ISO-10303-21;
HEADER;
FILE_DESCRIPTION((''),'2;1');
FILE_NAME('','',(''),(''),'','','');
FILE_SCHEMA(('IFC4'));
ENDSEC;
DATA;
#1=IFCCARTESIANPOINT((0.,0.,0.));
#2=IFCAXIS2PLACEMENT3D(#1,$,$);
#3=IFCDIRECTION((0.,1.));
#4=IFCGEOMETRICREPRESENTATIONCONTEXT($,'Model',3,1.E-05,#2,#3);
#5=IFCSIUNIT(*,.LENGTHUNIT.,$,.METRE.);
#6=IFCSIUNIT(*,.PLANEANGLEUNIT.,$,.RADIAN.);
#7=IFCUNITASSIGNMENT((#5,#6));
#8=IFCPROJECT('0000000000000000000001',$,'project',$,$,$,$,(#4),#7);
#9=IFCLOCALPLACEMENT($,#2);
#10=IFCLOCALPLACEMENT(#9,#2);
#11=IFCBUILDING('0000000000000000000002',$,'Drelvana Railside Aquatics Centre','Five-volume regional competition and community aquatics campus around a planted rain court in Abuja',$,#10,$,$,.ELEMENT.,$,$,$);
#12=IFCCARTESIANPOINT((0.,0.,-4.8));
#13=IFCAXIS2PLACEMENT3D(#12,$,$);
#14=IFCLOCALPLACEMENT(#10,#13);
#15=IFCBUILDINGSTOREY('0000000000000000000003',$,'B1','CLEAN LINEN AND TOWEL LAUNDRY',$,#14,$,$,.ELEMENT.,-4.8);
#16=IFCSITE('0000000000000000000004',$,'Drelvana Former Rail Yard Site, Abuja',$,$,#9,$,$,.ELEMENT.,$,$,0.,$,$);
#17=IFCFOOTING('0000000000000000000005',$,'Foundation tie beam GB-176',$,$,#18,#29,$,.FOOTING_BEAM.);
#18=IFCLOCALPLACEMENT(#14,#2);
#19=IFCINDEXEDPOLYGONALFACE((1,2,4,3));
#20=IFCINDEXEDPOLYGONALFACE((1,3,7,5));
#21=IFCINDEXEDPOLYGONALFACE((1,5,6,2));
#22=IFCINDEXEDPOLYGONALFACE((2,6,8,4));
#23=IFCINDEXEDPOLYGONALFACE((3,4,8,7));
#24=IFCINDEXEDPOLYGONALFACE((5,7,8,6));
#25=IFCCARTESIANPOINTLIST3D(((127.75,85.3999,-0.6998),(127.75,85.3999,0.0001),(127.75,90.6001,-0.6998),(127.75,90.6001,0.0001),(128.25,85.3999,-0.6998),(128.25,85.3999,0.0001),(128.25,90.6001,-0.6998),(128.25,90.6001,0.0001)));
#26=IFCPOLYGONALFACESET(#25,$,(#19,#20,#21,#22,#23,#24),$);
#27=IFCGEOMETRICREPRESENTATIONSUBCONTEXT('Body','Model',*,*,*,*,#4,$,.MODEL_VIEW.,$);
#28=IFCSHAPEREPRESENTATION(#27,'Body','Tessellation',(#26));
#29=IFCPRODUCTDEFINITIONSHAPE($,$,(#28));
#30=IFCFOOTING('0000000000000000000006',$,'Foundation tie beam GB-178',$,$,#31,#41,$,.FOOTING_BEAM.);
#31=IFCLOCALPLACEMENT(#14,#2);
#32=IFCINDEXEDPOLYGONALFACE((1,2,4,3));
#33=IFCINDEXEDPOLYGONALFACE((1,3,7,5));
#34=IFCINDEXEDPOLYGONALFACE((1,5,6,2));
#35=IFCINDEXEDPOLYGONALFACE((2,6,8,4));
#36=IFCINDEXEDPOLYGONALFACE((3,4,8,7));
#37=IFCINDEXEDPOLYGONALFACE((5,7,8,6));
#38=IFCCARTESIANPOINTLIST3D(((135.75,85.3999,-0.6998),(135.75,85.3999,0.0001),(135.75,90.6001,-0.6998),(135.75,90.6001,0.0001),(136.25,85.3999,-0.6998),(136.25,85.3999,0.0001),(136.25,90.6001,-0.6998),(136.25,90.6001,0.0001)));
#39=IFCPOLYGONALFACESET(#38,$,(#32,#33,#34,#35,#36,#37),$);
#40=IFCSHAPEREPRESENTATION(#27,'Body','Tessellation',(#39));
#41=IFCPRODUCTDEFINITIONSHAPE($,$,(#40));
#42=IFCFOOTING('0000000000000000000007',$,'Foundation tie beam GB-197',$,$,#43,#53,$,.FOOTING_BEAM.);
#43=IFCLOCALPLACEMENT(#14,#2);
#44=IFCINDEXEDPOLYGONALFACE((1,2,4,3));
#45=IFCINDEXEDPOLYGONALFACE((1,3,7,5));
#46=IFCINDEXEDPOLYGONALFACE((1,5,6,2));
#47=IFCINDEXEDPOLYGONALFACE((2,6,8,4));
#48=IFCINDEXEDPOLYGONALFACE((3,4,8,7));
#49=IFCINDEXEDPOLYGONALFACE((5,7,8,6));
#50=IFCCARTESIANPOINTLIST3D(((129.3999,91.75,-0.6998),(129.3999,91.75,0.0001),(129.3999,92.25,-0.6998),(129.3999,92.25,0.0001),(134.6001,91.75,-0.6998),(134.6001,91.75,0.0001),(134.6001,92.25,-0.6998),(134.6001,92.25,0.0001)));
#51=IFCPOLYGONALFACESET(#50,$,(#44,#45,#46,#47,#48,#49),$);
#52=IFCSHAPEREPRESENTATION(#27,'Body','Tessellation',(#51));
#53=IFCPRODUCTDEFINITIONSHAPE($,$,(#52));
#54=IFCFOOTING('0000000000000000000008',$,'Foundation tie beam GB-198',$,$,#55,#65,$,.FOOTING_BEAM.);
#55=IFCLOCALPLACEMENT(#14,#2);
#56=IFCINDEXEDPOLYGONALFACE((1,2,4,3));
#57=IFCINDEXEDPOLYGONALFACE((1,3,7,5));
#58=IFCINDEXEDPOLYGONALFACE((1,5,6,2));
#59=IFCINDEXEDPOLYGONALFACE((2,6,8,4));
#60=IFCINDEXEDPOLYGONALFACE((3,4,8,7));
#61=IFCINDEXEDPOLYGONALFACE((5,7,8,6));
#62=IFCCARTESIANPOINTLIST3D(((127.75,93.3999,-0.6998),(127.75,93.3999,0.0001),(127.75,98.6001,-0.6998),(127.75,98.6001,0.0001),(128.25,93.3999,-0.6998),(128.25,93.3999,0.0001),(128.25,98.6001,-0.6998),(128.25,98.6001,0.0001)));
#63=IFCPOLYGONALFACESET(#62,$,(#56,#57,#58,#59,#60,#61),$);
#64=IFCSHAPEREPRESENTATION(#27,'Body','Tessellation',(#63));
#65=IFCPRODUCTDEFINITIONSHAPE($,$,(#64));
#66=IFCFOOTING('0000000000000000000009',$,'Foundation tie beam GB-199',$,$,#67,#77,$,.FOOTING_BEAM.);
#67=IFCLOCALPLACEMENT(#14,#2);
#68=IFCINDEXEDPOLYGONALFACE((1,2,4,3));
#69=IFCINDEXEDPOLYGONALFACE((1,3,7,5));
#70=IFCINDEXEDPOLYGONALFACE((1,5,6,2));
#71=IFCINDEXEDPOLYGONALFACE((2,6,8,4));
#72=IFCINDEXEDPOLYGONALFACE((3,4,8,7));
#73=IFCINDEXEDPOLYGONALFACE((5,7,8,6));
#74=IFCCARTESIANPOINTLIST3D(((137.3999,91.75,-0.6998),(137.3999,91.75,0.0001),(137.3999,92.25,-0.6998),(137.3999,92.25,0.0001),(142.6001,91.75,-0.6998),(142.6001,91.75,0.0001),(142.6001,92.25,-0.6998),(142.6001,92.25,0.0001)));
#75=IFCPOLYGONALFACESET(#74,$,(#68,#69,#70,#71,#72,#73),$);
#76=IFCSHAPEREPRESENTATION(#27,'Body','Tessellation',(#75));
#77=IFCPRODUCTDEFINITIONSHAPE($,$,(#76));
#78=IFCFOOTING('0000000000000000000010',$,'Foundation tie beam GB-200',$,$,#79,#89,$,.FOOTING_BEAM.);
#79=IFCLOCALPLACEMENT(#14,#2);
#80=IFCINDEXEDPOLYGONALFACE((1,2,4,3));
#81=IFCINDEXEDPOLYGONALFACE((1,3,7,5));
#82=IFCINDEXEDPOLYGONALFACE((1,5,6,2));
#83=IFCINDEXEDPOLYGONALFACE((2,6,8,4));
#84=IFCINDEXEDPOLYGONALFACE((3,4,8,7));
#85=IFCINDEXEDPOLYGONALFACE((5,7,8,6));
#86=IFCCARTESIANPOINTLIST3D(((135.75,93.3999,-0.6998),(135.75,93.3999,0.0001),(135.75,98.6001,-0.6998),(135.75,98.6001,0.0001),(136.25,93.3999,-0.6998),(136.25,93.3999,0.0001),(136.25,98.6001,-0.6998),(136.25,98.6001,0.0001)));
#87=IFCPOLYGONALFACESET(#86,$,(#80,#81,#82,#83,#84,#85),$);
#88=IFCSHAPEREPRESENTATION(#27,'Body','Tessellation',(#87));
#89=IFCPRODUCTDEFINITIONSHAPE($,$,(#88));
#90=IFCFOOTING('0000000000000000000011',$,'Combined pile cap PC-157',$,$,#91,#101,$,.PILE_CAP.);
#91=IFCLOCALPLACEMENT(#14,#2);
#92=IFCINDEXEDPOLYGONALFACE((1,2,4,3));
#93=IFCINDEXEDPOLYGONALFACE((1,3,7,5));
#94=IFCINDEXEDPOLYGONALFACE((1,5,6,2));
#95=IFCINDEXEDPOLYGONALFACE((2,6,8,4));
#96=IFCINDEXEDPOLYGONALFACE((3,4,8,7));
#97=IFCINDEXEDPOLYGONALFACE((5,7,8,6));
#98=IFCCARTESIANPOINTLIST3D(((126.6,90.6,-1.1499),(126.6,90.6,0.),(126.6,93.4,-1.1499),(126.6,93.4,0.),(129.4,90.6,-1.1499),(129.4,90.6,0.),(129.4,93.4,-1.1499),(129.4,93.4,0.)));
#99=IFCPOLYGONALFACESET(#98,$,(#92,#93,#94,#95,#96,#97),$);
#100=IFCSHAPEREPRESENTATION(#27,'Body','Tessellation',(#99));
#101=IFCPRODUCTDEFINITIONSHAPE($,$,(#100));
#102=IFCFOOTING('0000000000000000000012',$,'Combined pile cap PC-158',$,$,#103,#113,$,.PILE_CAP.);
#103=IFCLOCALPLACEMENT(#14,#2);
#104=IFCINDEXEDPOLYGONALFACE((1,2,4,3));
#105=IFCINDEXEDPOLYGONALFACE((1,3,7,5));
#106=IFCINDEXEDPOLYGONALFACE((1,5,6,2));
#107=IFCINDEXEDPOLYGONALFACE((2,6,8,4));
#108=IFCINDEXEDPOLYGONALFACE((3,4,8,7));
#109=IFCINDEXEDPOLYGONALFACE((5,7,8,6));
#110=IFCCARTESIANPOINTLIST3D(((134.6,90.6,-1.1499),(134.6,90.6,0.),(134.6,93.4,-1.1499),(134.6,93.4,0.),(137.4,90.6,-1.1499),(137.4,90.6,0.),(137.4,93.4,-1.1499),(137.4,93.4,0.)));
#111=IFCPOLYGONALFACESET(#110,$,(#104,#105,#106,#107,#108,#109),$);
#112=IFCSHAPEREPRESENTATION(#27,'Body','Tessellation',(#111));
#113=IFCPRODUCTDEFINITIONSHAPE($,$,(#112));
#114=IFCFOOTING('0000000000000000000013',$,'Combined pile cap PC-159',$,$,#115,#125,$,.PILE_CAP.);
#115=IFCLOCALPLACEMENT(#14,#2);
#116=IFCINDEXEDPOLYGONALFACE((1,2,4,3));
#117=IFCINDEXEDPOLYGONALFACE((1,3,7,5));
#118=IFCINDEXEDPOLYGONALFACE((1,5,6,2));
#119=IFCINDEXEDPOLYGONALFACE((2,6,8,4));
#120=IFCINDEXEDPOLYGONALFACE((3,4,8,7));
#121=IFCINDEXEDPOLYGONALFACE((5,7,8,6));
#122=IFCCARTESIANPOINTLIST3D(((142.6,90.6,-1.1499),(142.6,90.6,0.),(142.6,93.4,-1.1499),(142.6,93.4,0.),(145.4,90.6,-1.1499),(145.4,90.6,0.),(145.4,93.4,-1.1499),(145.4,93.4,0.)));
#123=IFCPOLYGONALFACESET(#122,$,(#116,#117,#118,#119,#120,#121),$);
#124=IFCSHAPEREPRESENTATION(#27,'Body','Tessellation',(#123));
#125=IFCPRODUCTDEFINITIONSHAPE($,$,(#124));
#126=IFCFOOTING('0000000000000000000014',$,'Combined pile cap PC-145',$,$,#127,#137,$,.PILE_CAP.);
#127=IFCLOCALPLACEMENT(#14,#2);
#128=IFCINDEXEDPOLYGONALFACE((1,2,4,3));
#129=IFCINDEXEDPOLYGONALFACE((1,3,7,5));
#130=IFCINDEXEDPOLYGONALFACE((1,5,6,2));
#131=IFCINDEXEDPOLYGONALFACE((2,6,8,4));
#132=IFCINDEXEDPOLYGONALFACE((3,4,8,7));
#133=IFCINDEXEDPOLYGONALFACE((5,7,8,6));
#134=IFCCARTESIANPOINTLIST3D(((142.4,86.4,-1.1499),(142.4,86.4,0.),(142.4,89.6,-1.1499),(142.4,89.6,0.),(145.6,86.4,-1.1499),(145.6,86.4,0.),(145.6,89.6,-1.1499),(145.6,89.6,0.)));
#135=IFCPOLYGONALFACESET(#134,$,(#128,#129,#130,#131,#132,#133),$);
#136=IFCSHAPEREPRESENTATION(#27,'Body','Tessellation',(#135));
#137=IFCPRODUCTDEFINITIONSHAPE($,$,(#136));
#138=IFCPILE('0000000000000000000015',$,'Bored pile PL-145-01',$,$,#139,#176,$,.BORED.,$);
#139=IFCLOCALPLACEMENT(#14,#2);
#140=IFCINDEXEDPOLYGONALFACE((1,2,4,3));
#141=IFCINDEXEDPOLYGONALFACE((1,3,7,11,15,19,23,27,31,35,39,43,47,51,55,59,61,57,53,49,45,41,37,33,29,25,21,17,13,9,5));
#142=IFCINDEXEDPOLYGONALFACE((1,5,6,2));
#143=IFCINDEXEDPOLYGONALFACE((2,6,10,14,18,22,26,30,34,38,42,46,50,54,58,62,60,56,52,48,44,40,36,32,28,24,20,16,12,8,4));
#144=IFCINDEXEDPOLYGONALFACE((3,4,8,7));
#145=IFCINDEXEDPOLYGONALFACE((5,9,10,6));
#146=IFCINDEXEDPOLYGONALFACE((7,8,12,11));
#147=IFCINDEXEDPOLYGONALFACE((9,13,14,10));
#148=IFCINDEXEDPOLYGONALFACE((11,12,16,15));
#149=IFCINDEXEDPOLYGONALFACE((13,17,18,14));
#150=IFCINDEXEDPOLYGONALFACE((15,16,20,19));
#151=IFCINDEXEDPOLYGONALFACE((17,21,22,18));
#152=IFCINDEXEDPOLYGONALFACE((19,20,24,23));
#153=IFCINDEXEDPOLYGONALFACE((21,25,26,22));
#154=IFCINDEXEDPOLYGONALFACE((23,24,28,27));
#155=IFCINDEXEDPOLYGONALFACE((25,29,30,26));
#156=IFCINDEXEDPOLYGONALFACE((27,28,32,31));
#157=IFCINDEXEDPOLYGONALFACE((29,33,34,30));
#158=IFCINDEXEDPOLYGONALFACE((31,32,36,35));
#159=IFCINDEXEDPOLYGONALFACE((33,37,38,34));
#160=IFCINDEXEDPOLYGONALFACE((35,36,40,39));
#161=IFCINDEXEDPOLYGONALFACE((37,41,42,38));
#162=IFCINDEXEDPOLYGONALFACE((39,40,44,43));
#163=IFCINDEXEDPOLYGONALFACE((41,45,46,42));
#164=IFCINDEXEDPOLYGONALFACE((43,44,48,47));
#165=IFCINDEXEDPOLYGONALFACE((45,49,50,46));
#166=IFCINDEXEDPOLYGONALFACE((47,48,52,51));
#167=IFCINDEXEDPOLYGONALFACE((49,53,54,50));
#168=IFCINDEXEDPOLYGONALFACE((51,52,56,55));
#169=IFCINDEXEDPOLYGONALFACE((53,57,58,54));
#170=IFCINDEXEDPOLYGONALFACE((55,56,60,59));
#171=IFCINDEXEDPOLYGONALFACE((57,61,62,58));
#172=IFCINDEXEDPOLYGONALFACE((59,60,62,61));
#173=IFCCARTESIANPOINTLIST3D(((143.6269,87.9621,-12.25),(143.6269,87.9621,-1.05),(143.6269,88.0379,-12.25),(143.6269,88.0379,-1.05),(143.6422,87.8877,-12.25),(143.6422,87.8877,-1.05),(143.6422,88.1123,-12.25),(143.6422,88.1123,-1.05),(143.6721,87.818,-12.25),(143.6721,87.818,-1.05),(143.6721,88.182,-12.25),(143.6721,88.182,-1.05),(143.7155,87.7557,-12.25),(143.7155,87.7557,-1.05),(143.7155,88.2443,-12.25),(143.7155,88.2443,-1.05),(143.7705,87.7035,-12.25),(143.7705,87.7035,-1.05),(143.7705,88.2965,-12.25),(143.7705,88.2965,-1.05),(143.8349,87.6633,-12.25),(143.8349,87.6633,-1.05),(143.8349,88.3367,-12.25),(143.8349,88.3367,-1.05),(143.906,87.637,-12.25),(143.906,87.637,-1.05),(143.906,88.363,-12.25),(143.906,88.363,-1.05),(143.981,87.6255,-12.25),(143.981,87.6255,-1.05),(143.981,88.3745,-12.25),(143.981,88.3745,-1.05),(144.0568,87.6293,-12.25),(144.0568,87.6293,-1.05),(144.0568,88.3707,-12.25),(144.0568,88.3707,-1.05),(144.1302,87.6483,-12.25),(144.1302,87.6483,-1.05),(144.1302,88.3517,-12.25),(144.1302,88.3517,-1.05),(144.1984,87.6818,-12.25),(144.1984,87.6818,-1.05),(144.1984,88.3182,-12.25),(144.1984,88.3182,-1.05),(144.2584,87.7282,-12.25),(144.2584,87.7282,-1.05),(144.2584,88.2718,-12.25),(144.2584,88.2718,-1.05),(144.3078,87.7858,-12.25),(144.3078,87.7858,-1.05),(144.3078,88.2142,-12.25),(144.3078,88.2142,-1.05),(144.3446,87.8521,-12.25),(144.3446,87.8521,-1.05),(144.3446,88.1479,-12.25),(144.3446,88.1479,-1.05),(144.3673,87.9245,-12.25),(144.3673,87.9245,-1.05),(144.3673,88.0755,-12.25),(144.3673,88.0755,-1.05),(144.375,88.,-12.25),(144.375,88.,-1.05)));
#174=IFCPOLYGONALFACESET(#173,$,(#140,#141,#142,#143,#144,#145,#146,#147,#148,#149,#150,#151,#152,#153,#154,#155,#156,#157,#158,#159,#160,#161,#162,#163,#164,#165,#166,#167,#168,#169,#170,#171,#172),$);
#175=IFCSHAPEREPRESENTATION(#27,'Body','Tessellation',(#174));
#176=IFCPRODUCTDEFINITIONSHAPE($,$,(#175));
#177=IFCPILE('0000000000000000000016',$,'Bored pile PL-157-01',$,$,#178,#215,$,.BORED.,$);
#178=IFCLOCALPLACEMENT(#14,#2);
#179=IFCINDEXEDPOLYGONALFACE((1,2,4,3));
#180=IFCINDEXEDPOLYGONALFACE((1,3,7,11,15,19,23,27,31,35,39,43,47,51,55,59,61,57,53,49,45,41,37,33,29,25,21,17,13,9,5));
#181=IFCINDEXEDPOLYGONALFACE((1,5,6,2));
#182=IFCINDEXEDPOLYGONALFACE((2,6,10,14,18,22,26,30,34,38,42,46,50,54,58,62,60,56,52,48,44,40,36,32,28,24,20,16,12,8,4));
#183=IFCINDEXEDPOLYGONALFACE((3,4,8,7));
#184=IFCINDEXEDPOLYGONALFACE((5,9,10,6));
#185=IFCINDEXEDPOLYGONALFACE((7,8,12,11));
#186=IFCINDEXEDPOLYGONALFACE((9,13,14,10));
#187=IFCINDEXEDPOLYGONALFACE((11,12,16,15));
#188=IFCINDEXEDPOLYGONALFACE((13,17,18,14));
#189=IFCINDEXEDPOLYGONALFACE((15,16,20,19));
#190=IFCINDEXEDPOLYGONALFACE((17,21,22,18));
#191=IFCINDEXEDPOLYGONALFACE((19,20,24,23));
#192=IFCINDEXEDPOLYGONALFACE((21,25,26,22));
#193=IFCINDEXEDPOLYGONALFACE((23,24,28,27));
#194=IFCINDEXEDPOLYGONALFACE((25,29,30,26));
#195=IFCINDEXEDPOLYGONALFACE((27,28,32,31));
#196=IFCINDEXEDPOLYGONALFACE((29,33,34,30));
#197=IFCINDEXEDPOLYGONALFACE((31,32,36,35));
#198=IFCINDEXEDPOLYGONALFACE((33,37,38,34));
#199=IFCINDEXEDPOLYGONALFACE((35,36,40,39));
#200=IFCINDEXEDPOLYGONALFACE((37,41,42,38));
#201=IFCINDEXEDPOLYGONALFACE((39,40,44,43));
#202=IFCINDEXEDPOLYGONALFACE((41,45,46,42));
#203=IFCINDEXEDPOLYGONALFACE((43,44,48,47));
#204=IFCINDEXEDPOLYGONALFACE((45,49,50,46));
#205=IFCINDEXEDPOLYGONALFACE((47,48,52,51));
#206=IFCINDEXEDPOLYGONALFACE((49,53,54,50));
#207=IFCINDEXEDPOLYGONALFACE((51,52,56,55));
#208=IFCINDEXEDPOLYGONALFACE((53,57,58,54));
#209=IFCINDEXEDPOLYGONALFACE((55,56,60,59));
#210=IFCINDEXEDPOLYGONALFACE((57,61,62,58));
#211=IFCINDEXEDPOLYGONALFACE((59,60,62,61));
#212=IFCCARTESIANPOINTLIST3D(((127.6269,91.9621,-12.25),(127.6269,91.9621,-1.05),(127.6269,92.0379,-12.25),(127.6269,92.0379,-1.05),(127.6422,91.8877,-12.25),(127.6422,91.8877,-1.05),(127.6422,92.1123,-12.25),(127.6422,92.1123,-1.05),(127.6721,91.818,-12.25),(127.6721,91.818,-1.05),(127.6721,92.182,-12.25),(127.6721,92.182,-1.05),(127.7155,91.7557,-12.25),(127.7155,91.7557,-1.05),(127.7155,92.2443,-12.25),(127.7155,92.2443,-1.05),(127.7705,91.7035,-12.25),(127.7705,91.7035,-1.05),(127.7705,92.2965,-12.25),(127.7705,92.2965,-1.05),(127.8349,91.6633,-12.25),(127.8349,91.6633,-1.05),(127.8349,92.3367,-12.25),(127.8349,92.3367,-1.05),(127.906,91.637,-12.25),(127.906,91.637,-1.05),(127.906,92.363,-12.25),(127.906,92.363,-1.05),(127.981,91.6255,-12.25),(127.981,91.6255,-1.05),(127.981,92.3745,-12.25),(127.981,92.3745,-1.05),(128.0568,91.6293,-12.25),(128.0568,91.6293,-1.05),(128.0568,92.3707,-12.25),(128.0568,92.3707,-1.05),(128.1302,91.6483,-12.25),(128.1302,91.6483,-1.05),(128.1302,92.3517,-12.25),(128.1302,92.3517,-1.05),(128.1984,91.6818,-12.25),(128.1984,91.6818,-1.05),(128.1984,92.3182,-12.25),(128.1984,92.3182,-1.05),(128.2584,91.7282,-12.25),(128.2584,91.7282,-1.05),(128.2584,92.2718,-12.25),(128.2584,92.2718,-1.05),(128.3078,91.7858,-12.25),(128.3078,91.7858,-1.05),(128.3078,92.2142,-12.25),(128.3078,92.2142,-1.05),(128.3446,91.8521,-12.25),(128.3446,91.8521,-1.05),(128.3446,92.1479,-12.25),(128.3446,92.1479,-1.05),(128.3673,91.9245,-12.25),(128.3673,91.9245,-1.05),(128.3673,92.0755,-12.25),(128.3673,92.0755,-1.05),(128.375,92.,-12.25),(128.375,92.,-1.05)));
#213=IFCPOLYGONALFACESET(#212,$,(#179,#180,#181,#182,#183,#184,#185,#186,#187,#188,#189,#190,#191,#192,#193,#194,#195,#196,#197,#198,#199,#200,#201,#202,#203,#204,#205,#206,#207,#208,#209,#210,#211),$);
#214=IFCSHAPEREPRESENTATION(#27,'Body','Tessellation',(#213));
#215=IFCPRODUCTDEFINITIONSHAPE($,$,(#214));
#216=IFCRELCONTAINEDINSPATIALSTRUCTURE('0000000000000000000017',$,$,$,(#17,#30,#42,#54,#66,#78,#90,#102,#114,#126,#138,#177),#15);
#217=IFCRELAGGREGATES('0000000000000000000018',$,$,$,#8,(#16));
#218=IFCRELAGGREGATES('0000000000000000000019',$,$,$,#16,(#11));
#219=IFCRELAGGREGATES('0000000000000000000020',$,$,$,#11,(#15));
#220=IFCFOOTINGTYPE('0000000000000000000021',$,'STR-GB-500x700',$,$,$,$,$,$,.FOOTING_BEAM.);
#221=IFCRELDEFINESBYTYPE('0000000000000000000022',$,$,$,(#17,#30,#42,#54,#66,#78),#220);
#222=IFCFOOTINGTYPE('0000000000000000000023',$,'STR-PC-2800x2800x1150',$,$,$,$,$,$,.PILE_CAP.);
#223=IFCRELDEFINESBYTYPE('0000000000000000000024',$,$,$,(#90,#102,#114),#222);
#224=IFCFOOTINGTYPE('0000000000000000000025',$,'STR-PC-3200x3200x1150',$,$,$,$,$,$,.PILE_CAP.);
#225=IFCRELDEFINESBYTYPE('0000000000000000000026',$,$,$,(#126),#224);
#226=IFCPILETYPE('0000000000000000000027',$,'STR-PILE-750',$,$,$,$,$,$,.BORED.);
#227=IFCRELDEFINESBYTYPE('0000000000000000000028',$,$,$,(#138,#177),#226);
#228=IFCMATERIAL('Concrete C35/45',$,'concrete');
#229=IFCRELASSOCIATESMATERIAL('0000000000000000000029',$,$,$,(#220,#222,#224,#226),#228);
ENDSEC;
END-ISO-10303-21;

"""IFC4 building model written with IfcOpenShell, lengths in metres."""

from ifc_helpers import new_model, si_unit, direction, frame, origin, origin_2d, place, context, subcontext, project, spatial, rectangle, circle, extrude, material, material_profile, profile_set, type_object, element, save


model = new_model("IFC4")

# Units and contexts
model_context = context("Model", 3, precision=1e-05, world=origin(), true_north=direction((0.0, 1.0)))
body_context = subcontext(model_context, "Body", "Model", "MODEL_VIEW")
ifc_project = project(units=[si_unit("LENGTHUNIT", "METRE"), si_unit("PLANEANGLEUNIT", "RADIAN")], contexts=[model_context])

# Site, building, storey
site_placement = place(None, origin())
site = spatial("IfcSite", under=ifc_project, at=site_placement, Name="Drelvana Former Rail Yard Site, Abuja", CompositionType="ELEMENT", RefElevation=0.0)
building_placement = place(site_placement, origin())
building = spatial("IfcBuilding", under=site, at=building_placement, Name="Drelvana Railside Aquatics Centre", Description="Five-volume regional competition and community aquatics campus around a planted rain court in Abuja", CompositionType="ELEMENT")
storey_placement = place(building_placement, frame((0.0, 0.0, -4.8)))
storey = spatial("IfcBuildingStorey", under=building, at=storey_placement, Name="B1", Description="CLEAN LINEN AND TOWEL LAUNDRY", CompositionType="ELEMENT", Elevation=-4.8)

# Footings
ifc_material_1 = material(Name="Concrete C35/45", Category="concrete")
ifc_material_profile_1 = material_profile(ifc_material_1, rectangle(XDim=0.5, YDim=0.7, at=origin_2d()), Name="GB 500x700")
ifc_profile_set_1 = profile_set([ifc_material_profile_1], Name="Concrete C35/45")
footing_type_1 = type_object("IfcFootingType", Name="STR-GB-500x700", PredefinedType="FOOTING_BEAM", material=ifc_profile_set_1)
for number, where, z_axis, x_axis, name in (
    (1, (128.0, 85.3999, -0.3499), (0.0, 1.0, 0.0), (-1.0, 0.0, 0.0), "Foundation tie beam GB-176"),
    (2, (136.0, 85.3999, -0.3499), (0.0, 1.0, 0.0), (-1.0, 0.0, 0.0), "Foundation tie beam GB-178"),
    (3, (129.3999, 92.0, -0.3499), (1.0, 0.0, 0.0), (0.0, 1.0, 0.0), "Foundation tie beam GB-197"),
    (4, (128.0, 93.3999, -0.3499), (0.0, 1.0, 0.0), (-1.0, 0.0, 0.0), "Foundation tie beam GB-198"),
    (5, (137.3999, 92.0, -0.3499), (1.0, 0.0, 0.0), (0.0, 1.0, 0.0), "Foundation tie beam GB-199"),
    (6, (136.0, 93.3999, -0.3499), (0.0, 1.0, 0.0), (-1.0, 0.0, 0.0), "Foundation tie beam GB-200"),
):
    element("IfcFooting", number, at=place(storey_placement, frame(where, z_axis=z_axis, x_axis=x_axis)), inside=storey, type_object=footing_type_1, Name=name, PredefinedType="FOOTING_BEAM", context=body_context, shape_type="SweptSolid", body=[
        extrude(rectangle(XDim=0.5, YDim=0.7, at=origin_2d()), origin(), (0.0, 0.0, 1.0), 5.2002),
    ])
footing_type_2 = type_object("IfcFootingType", Name="STR-PC-2800x2800x1150", PredefinedType="PILE_CAP", material=ifc_material_1)
for number, where, z_axis, x_axis, name in (
    (7, (128.0, 92.0, -1.1499), (0.0, 0.0, 1.0), (1.0, 0.0, 0.0), "Combined pile cap PC-157"),
    (8, (136.0, 92.0, -1.1499), (0.0, 0.0, 1.0), (1.0, 0.0, 0.0), "Combined pile cap PC-158"),
    (9, (144.0, 92.0, -1.1499), (0.0, 0.0, 1.0), (1.0, 0.0, 0.0), "Combined pile cap PC-159"),
):
    element("IfcFooting", number, at=place(storey_placement, frame(where, z_axis=z_axis, x_axis=x_axis)), inside=storey, type_object=footing_type_2, Name=name, PredefinedType="PILE_CAP", context=body_context, shape_type="SweptSolid", body=[
        extrude(rectangle(XDim=2.8, YDim=2.8, at=origin_2d()), origin(), (0.0, 0.0, 1.0), 1.1499),
    ])
footing_type_3 = type_object("IfcFootingType", Name="STR-PC-3200x3200x1150", PredefinedType="PILE_CAP", material=ifc_material_1)
footing_placement = place(storey_placement, frame((144.0, 88.0, -1.1499), z_axis=(0.0, 0.0, 1.0), x_axis=(1.0, 0.0, 0.0)))
element("IfcFooting", 10, at=footing_placement, inside=storey, type_object=footing_type_3, Name="Combined pile cap PC-145", PredefinedType="PILE_CAP", context=body_context, shape_type="SweptSolid", body=[
    extrude(rectangle(XDim=3.2, YDim=3.2, at=origin_2d()), origin(), (0.0, 0.0, 1.0), 1.1499),
])

# Piles
ifc_material_profile_2 = material_profile(ifc_material_1, circle(Radius=0.375, at=origin_2d()), Name="PILE D750")
ifc_profile_set_2 = profile_set([ifc_material_profile_2], Name="Concrete C35/45")
pile_type = type_object("IfcPileType", Name="STR-PILE-750", PredefinedType="BORED", material=ifc_profile_set_2)
for number, where, z_axis, x_axis, name in (
    (11, (144.0, 88.0, -1.05), (0.0, 0.0, -1.0), (1.0, 0.0, 0.0), "Bored pile PL-145-01"),
    (12, (128.0, 92.0, -1.05), (0.0, 0.0, -1.0), (1.0, 0.0, 0.0), "Bored pile PL-157-01"),
):
    element("IfcPile", number, at=place(storey_placement, frame(where, z_axis=z_axis, x_axis=x_axis)), inside=storey, type_object=pile_type, Name=name, PredefinedType="BORED", context=body_context, shape_type="SweptSolid", body=[
        extrude(circle(Radius=0.375, at=origin_2d()), origin(), (0.0, 0.0, 1.0), 11.2),
    ])

save(model, "model.ifc")
